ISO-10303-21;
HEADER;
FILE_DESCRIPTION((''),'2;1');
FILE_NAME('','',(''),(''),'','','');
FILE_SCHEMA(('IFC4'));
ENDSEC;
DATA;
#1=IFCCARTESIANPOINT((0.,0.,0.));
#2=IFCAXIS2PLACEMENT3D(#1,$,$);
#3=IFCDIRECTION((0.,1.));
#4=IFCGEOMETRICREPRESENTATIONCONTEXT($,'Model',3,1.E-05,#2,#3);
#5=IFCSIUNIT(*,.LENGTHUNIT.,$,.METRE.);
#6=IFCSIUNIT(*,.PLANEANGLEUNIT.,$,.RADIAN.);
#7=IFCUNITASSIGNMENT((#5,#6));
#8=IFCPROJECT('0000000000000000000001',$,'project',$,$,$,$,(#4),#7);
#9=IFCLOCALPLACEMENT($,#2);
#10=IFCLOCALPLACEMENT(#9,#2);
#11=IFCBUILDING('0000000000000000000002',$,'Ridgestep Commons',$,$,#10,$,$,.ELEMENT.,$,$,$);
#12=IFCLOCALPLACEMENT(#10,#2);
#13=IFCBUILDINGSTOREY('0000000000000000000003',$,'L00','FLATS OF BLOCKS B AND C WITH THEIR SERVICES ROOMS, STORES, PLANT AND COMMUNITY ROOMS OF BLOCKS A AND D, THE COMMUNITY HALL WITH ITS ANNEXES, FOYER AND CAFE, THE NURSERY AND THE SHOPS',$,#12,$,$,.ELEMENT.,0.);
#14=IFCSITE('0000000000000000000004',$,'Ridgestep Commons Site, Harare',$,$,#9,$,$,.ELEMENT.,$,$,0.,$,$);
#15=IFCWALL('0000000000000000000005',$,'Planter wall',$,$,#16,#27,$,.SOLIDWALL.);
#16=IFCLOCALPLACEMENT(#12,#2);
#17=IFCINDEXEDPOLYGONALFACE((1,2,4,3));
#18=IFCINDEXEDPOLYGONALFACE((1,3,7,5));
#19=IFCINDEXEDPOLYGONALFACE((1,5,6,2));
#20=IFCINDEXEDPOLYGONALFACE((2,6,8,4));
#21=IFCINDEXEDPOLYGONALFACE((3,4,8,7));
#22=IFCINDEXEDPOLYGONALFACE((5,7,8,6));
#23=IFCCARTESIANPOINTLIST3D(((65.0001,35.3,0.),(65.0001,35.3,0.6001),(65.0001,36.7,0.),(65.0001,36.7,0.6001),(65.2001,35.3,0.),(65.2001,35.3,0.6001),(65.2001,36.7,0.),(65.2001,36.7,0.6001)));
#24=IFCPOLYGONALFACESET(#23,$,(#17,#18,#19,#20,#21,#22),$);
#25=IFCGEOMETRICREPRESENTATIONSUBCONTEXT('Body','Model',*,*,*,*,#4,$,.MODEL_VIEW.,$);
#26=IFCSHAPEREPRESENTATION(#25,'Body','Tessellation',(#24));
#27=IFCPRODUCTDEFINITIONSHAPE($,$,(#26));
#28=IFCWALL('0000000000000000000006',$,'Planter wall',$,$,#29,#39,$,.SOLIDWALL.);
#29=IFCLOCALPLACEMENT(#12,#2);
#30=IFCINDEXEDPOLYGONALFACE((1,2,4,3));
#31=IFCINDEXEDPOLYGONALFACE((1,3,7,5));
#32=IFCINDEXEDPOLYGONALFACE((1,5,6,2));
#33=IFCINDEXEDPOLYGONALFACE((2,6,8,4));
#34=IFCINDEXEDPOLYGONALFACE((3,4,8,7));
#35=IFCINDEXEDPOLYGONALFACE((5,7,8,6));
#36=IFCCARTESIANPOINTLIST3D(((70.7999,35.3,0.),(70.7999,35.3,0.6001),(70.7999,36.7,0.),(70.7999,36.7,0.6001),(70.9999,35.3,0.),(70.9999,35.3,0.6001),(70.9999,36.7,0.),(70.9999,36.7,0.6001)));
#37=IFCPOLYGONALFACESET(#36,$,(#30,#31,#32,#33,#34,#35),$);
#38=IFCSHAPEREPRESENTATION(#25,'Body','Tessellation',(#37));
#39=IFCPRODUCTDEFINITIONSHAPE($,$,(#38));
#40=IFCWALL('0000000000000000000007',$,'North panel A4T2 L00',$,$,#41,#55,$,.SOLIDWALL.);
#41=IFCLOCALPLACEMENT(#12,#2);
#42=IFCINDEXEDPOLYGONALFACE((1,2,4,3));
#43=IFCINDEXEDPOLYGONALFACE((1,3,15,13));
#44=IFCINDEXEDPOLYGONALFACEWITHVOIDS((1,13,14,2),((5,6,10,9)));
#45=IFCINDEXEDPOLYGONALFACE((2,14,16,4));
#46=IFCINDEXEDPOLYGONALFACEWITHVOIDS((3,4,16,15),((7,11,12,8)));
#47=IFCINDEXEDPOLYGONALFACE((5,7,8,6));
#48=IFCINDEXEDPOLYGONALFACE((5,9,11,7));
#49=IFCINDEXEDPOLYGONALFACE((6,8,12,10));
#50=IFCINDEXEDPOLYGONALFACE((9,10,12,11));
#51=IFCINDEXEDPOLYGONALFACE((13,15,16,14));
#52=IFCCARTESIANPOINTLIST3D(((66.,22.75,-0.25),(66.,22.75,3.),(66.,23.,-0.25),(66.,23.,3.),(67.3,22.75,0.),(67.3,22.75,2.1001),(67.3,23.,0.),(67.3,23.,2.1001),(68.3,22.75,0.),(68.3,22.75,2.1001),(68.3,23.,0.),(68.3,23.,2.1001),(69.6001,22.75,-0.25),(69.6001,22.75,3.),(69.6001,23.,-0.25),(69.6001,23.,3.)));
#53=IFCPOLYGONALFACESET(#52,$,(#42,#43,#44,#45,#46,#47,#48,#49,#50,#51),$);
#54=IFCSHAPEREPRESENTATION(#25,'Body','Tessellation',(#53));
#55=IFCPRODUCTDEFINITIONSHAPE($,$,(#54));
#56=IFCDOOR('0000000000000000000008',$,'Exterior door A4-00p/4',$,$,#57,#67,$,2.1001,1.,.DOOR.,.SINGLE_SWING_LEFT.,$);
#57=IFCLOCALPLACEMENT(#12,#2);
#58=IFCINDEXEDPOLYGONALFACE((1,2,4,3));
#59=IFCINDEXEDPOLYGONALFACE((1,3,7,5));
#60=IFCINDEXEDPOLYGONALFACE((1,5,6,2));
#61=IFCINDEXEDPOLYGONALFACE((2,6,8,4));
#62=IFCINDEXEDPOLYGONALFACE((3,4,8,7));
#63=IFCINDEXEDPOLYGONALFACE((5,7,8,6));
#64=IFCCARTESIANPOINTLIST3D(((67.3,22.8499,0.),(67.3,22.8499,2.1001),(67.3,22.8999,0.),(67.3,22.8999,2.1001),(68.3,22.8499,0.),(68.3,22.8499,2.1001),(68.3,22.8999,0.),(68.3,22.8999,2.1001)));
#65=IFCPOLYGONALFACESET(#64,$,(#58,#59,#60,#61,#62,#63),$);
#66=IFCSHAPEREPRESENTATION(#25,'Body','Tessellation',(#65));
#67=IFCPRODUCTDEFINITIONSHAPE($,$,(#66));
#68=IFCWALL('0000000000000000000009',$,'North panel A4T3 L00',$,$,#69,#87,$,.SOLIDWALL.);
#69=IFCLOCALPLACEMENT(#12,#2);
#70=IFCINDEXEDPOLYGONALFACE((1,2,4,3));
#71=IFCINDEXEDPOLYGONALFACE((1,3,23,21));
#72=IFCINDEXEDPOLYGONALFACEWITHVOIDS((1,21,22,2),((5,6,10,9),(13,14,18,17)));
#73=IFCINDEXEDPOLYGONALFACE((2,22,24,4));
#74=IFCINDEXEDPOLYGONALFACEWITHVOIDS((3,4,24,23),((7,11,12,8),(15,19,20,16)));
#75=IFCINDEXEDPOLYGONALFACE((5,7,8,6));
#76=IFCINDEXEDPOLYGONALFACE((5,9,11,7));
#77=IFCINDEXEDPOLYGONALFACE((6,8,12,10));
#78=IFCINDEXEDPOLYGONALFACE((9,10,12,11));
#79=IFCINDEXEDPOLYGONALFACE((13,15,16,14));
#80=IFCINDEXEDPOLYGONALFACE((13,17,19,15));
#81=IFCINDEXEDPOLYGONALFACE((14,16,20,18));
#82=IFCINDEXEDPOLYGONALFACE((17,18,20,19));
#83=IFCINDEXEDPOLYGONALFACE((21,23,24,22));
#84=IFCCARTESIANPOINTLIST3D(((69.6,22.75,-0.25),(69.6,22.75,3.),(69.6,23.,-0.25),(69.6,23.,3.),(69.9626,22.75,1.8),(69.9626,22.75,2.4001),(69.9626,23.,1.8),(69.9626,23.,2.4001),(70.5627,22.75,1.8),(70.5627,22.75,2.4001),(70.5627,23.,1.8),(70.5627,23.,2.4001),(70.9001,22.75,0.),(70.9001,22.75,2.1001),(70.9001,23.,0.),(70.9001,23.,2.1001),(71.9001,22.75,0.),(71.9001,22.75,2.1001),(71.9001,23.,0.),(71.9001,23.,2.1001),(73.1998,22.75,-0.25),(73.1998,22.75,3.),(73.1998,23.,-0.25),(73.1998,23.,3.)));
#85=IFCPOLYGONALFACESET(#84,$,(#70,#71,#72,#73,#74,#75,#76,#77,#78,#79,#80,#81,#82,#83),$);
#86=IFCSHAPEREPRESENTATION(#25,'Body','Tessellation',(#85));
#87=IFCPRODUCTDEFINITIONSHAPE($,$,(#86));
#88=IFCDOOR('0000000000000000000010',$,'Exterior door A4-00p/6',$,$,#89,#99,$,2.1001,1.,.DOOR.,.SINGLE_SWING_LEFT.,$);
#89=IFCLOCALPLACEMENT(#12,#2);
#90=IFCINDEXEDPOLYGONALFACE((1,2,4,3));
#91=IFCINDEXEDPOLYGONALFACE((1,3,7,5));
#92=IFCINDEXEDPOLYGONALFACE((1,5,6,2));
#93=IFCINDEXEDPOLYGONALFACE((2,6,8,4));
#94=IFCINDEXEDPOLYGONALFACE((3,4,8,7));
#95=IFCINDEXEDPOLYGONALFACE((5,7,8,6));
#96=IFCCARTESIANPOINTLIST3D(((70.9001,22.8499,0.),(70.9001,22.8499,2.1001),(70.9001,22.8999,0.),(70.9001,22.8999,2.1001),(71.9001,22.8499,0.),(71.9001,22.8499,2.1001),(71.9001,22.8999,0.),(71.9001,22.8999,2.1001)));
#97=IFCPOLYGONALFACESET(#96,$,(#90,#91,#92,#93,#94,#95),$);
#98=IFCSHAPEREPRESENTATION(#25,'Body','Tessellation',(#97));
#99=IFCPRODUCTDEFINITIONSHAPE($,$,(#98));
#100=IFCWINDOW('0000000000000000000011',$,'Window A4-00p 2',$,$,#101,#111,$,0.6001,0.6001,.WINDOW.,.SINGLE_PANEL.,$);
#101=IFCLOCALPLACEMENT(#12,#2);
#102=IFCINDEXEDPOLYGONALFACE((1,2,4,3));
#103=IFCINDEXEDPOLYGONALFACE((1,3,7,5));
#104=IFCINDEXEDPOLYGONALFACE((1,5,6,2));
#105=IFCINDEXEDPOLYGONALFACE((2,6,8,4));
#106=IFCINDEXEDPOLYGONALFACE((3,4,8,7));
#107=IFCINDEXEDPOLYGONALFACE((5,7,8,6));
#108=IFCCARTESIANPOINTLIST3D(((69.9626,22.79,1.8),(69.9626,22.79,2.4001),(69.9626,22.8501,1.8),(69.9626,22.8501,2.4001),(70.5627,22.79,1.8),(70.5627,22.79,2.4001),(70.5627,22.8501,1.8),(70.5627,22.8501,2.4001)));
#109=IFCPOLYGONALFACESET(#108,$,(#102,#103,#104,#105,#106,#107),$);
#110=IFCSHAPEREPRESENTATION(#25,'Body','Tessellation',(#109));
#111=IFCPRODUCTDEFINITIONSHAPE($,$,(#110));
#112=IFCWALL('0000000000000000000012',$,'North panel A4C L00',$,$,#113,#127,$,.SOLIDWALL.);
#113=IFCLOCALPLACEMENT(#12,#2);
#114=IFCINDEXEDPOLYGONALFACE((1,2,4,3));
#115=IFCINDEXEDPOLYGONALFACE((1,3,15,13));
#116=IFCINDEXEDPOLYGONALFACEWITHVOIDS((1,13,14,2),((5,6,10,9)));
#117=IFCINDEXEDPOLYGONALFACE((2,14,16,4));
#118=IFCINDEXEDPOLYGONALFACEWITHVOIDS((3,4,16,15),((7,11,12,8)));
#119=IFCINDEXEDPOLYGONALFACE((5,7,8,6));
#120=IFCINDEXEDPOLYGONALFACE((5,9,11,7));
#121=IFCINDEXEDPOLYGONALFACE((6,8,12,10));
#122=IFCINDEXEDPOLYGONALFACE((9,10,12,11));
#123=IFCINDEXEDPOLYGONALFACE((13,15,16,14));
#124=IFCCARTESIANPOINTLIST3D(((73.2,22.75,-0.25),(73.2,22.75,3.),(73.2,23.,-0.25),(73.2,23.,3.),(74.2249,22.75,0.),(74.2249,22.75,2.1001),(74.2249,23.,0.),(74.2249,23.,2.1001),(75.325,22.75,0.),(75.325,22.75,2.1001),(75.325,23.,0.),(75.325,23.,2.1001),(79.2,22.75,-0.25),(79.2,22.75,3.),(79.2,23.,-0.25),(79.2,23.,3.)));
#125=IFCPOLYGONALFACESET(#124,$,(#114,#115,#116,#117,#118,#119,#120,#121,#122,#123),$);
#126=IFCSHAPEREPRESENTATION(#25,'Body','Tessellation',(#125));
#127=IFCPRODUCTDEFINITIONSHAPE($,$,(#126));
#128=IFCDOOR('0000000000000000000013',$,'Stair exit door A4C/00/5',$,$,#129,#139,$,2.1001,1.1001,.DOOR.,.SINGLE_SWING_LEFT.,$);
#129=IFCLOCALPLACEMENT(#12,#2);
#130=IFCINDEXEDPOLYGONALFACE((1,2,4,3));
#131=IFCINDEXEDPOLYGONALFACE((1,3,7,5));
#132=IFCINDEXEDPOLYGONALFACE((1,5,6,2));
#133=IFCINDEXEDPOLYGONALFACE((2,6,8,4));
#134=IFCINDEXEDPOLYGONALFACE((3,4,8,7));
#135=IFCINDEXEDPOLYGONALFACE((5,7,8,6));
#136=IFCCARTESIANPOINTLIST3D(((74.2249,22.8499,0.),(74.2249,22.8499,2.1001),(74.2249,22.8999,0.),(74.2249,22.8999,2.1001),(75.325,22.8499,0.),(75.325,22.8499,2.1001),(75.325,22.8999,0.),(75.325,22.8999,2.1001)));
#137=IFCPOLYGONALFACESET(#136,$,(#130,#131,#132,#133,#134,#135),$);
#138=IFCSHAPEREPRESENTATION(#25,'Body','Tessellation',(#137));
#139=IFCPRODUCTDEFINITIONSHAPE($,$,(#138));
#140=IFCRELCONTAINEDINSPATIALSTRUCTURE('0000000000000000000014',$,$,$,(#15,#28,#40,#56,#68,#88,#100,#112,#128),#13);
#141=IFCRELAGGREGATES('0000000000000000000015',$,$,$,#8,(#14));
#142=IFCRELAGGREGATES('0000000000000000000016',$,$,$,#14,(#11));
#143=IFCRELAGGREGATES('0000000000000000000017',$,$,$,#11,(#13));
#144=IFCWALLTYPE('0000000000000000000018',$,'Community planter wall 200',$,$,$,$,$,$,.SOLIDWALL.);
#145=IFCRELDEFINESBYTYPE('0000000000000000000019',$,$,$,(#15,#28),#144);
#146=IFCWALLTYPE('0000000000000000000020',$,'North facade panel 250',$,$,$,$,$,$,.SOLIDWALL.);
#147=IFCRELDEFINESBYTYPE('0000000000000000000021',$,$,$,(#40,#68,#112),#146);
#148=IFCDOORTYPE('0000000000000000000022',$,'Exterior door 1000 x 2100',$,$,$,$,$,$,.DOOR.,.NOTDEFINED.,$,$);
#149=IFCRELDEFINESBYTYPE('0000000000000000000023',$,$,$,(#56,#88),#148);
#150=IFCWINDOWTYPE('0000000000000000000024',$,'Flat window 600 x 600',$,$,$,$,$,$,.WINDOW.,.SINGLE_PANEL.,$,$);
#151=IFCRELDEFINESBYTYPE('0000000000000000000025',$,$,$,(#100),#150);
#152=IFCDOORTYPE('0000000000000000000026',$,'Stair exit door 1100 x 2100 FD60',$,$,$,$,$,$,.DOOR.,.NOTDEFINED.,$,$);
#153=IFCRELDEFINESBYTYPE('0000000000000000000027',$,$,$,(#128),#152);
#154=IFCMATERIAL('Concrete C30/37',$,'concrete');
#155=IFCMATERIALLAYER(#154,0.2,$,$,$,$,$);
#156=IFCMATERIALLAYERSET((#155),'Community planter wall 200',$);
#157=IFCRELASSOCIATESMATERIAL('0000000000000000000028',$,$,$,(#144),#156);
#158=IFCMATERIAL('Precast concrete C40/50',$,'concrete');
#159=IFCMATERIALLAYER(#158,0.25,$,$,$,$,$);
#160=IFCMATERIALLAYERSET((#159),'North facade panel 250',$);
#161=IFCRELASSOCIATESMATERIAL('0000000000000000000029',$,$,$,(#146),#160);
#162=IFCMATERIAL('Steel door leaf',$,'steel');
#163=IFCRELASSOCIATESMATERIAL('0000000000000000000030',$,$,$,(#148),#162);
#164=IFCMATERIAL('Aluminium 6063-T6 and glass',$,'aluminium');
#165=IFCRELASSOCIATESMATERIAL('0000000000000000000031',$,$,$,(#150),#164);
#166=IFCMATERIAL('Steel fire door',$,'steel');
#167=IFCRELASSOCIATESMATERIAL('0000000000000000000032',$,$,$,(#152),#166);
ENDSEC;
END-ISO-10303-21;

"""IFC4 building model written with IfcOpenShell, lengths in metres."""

from ifc_helpers import new_model, si_unit, direction, frame, frame_2d, origin, place, context, subcontext, project, spatial, rectangle, extrude, material, layer, layer_set, type_object, element, fill, save


model = new_model("IFC4")

# Units and contexts
model_context = context("Model", 3, precision=1e-05, world=origin(), true_north=direction((0.0, 1.0)))
body_context = subcontext(model_context, "Body", "Model", "MODEL_VIEW")
ifc_project = project(units=[si_unit("LENGTHUNIT", "METRE"), si_unit("PLANEANGLEUNIT", "RADIAN")], contexts=[model_context])

# Site, building, storey
site_placement = place(None, origin())
site = spatial("IfcSite", under=ifc_project, at=site_placement, Name="Ridgestep Commons Site, Harare", CompositionType="ELEMENT", RefElevation=0.0)
building_placement = place(site_placement, origin())
building = spatial("IfcBuilding", under=site, at=building_placement, Name="Ridgestep Commons", CompositionType="ELEMENT")
storey_placement = place(building_placement, origin())
storey = spatial("IfcBuildingStorey", under=building, at=storey_placement, Name="L00", Description="FLATS OF BLOCKS B AND C WITH THEIR SERVICES ROOMS, STORES, PLANT AND COMMUNITY ROOMS OF BLOCKS A AND D, THE COMMUNITY HALL WITH ITS ANNEXES, FOYER AND CAFE, THE NURSERY AND THE SHOPS", CompositionType="ELEMENT", Elevation=0.0)

# Walls
ifc_material_1 = material(Name="Concrete C30/37", Category="concrete")
ifc_layer_1 = layer(ifc_material_1, 0.2)
ifc_layer_set_1 = layer_set([ifc_layer_1], Name="Community planter wall 200")
wall_type_1 = type_object("IfcWallType", Name="Community planter wall 200", PredefinedType="SOLIDWALL", material=ifc_layer_set_1)
for number, where, z_axis, x_axis, name in (
    (1, (65.1001, 35.3, 0.0), (0.0, 0.0, 1.0), (0.0, 1.0, 0.0), "Planter wall"),
    (2, (70.8999, 35.3, 0.0), (0.0, 0.0, 1.0), (0.0, 1.0, 0.0), "Planter wall"),
):
    element("IfcWall", number, at=place(storey_placement, frame(where, z_axis=z_axis, x_axis=x_axis)), inside=storey, type_object=wall_type_1, Name=name, PredefinedType="SOLIDWALL", context=body_context, shape_type="SweptSolid", body=[
        extrude(rectangle(XDim=1.3999, YDim=0.2, at=frame_2d((0.7, 0.0))), origin(), (0.0, 0.0, 1.0), 0.6001),
    ])

# Wall, opening, door
ifc_material_2 = material(Name="Precast concrete C40/50", Category="concrete")
ifc_layer_2 = layer(ifc_material_2, 0.25)
ifc_layer_set_2 = layer_set([ifc_layer_2], Name="North facade panel 250")
wall_type_2 = type_object("IfcWallType", Name="North facade panel 250", PredefinedType="SOLIDWALL", material=ifc_layer_set_2)
wall_1_placement = place(storey_placement, frame((66.0, 22.875, -0.25), z_axis=(0.0, 0.0, 1.0), x_axis=(1.0, 0.0, 0.0)))
wall_1 = element("IfcWall", 3, at=wall_1_placement, inside=storey, type_object=wall_type_2, Name="North panel A4T2 L00", PredefinedType="SOLIDWALL", context=body_context, shape_type="SweptSolid", body=[
    extrude(rectangle(XDim=3.6001, YDim=0.25, at=frame_2d((1.8, 0.0))), origin(), (0.0, 0.0, 1.0), 3.25),
])
opening_1_placement = place(wall_1_placement, frame((1.3, 0.0, 0.25)))
opening_1 = element("IfcOpeningElement", 4, at=opening_1_placement, cuts=wall_1, PredefinedType="OPENING", context=body_context, shape_type="SweptSolid", body=[
    extrude(rectangle(XDim=1.0, YDim=2.1001, at=frame_2d((0.5, 1.05))), frame((0.0, 0.135, 0.0), z_axis=(0.0, -1.0, 0.0), x_axis=(1.0, 0.0, 0.0)), (0.0, 0.0, 1.0), 0.27),
])
ifc_material_3 = material(Name="Steel door leaf", Category="steel")
door_type_1 = type_object("IfcDoorType", Name="Exterior door 1000 x 2100", OperationType="NOTDEFINED", PredefinedType="DOOR", material=ifc_material_3)
door_1_placement = place(opening_1_placement, origin())
door_1 = element("IfcDoor", 5, at=door_1_placement, inside=storey, type_object=door_type_1, Name="Exterior door A4-00p/4", OperationType="SINGLE_SWING_LEFT", OverallHeight=2.1001, OverallWidth=1.0, PredefinedType="DOOR", context=body_context, shape_type="SweptSolid", body=[
    extrude(rectangle(XDim=1.0, YDim=2.1001, at=frame_2d((0.5, 1.05))), frame((0.0, 0.0249, 0.0), z_axis=(0.0, -1.0, 0.0), x_axis=(1.0, 0.0, 0.0)), (0.0, 0.0, 1.0), 0.05),
])
fill(opening_1, door_1)

# Wall, openings, door, window
wall_2_placement = place(storey_placement, frame((69.6001, 22.875, -0.25), z_axis=(0.0, 0.0, 1.0), x_axis=(1.0, 0.0, 0.0)))
wall_2 = element("IfcWall", 6, at=wall_2_placement, inside=storey, type_object=wall_type_2, Name="North panel A4T3 L00", PredefinedType="SOLIDWALL", context=body_context, shape_type="SweptSolid", body=[
    extrude(rectangle(XDim=3.5999, YDim=0.25, at=frame_2d((1.7998, 0.0))), origin(), (0.0, 0.0, 1.0), 3.25),
])
opening_2_placement = place(wall_2_placement, frame((0.3625, 0.0, 2.05)))
opening_2 = element("IfcOpeningElement", 7, at=opening_2_placement, cuts=wall_2, PredefinedType="OPENING", context=body_context, shape_type="SweptSolid", body=[
    extrude(rectangle(XDim=0.6001, YDim=0.6001, at=frame_2d((0.3, 0.3))), frame((0.0, 0.135, 0.0), z_axis=(0.0, -1.0, 0.0), x_axis=(1.0, 0.0, 0.0)), (0.0, 0.0, 1.0), 0.27),
])
opening_3_placement = place(wall_2_placement, frame((1.3, 0.0, 0.25)))
opening_3 = element("IfcOpeningElement", 8, at=opening_3_placement, cuts=wall_2, PredefinedType="OPENING", context=body_context, shape_type="SweptSolid", body=[
    extrude(rectangle(XDim=1.0, YDim=2.1001, at=frame_2d((0.5, 1.05))), frame((0.0, 0.135, 0.0), z_axis=(0.0, -1.0, 0.0), x_axis=(1.0, 0.0, 0.0)), (0.0, 0.0, 1.0), 0.27),
])
door_2_placement = place(opening_3_placement, origin())
door_2 = element("IfcDoor", 9, at=door_2_placement, inside=storey, type_object=door_type_1, Name="Exterior door A4-00p/6", OperationType="SINGLE_SWING_LEFT", OverallHeight=2.1001, OverallWidth=1.0, PredefinedType="DOOR", context=body_context, shape_type="SweptSolid", body=[
    extrude(rectangle(XDim=1.0, YDim=2.1001, at=frame_2d((0.5, 1.05))), frame((0.0, 0.0249, 0.0), z_axis=(0.0, -1.0, 0.0), x_axis=(1.0, 0.0, 0.0)), (0.0, 0.0, 1.0), 0.05),
])
fill(opening_3, door_2)
ifc_material_4 = material(Name="Aluminium 6063-T6 and glass", Category="aluminium")
window_type = type_object("IfcWindowType", Name="Flat window 600 x 600", PartitioningType="SINGLE_PANEL", PredefinedType="WINDOW", material=ifc_material_4)
window_1_placement = place(opening_2_placement, origin())
window_1 = element("IfcWindow", 10, at=window_1_placement, inside=storey, type_object=window_type, Name="Window A4-00p 2", OverallHeight=0.6001, OverallWidth=0.6001, PartitioningType="SINGLE_PANEL", PredefinedType="WINDOW", context=body_context, shape_type="SweptSolid", body=[
    extrude(rectangle(XDim=0.6001, YDim=0.6001, at=frame_2d((0.3, 0.3))), frame((0.0, -0.0249, 0.0), z_axis=(0.0, -1.0, 0.0), x_axis=(1.0, 0.0, 0.0)), (0.0, 0.0, 1.0), 0.0601),
])
fill(opening_2, window_1)

# Wall, opening, door
wall_3_placement = place(storey_placement, frame((73.2, 22.875, -0.25), z_axis=(0.0, 0.0, 1.0), x_axis=(1.0, 0.0, 0.0)))
wall_3 = element("IfcWall", 11, at=wall_3_placement, inside=storey, type_object=wall_type_2, Name="North panel A4C L00", PredefinedType="SOLIDWALL", context=body_context, shape_type="SweptSolid", body=[
    extrude(rectangle(XDim=6.0, YDim=0.25, at=frame_2d((3.0, 0.0))), origin(), (0.0, 0.0, 1.0), 3.25),
])
opening_4_placement = place(wall_3_placement, frame((1.0249, 0.0, 0.25)))
opening_4 = element("IfcOpeningElement", 12, at=opening_4_placement, cuts=wall_3, PredefinedType="OPENING", context=body_context, shape_type="SweptSolid", body=[
    extrude(rectangle(XDim=1.1001, YDim=2.1001, at=frame_2d((0.55, 1.05))), frame((0.0, 0.135, 0.0), z_axis=(0.0, -1.0, 0.0), x_axis=(1.0, 0.0, 0.0)), (0.0, 0.0, 1.0), 0.27),
])
ifc_material_5 = material(Name="Steel fire door", Category="steel")
door_type_2 = type_object("IfcDoorType", Name="Stair exit door 1100 x 2100 FD60", OperationType="NOTDEFINED", PredefinedType="DOOR", material=ifc_material_5)
door_3_placement = place(opening_4_placement, origin())
door_3 = element("IfcDoor", 13, at=door_3_placement, inside=storey, type_object=door_type_2, Name="Stair exit door A4C/00/5", OperationType="SINGLE_SWING_LEFT", OverallHeight=2.1001, OverallWidth=1.1001, PredefinedType="DOOR", context=body_context, shape_type="SweptSolid", body=[
    extrude(rectangle(XDim=1.1001, YDim=2.1001, at=frame_2d((0.55, 1.05))), frame((0.0, 0.0249, 0.0), z_axis=(0.0, -1.0, 0.0), x_axis=(1.0, 0.0, 0.0)), (0.0, 0.0, 1.0), 0.05),
])
fill(opening_4, door_3)

save(model, "model.ifc")
